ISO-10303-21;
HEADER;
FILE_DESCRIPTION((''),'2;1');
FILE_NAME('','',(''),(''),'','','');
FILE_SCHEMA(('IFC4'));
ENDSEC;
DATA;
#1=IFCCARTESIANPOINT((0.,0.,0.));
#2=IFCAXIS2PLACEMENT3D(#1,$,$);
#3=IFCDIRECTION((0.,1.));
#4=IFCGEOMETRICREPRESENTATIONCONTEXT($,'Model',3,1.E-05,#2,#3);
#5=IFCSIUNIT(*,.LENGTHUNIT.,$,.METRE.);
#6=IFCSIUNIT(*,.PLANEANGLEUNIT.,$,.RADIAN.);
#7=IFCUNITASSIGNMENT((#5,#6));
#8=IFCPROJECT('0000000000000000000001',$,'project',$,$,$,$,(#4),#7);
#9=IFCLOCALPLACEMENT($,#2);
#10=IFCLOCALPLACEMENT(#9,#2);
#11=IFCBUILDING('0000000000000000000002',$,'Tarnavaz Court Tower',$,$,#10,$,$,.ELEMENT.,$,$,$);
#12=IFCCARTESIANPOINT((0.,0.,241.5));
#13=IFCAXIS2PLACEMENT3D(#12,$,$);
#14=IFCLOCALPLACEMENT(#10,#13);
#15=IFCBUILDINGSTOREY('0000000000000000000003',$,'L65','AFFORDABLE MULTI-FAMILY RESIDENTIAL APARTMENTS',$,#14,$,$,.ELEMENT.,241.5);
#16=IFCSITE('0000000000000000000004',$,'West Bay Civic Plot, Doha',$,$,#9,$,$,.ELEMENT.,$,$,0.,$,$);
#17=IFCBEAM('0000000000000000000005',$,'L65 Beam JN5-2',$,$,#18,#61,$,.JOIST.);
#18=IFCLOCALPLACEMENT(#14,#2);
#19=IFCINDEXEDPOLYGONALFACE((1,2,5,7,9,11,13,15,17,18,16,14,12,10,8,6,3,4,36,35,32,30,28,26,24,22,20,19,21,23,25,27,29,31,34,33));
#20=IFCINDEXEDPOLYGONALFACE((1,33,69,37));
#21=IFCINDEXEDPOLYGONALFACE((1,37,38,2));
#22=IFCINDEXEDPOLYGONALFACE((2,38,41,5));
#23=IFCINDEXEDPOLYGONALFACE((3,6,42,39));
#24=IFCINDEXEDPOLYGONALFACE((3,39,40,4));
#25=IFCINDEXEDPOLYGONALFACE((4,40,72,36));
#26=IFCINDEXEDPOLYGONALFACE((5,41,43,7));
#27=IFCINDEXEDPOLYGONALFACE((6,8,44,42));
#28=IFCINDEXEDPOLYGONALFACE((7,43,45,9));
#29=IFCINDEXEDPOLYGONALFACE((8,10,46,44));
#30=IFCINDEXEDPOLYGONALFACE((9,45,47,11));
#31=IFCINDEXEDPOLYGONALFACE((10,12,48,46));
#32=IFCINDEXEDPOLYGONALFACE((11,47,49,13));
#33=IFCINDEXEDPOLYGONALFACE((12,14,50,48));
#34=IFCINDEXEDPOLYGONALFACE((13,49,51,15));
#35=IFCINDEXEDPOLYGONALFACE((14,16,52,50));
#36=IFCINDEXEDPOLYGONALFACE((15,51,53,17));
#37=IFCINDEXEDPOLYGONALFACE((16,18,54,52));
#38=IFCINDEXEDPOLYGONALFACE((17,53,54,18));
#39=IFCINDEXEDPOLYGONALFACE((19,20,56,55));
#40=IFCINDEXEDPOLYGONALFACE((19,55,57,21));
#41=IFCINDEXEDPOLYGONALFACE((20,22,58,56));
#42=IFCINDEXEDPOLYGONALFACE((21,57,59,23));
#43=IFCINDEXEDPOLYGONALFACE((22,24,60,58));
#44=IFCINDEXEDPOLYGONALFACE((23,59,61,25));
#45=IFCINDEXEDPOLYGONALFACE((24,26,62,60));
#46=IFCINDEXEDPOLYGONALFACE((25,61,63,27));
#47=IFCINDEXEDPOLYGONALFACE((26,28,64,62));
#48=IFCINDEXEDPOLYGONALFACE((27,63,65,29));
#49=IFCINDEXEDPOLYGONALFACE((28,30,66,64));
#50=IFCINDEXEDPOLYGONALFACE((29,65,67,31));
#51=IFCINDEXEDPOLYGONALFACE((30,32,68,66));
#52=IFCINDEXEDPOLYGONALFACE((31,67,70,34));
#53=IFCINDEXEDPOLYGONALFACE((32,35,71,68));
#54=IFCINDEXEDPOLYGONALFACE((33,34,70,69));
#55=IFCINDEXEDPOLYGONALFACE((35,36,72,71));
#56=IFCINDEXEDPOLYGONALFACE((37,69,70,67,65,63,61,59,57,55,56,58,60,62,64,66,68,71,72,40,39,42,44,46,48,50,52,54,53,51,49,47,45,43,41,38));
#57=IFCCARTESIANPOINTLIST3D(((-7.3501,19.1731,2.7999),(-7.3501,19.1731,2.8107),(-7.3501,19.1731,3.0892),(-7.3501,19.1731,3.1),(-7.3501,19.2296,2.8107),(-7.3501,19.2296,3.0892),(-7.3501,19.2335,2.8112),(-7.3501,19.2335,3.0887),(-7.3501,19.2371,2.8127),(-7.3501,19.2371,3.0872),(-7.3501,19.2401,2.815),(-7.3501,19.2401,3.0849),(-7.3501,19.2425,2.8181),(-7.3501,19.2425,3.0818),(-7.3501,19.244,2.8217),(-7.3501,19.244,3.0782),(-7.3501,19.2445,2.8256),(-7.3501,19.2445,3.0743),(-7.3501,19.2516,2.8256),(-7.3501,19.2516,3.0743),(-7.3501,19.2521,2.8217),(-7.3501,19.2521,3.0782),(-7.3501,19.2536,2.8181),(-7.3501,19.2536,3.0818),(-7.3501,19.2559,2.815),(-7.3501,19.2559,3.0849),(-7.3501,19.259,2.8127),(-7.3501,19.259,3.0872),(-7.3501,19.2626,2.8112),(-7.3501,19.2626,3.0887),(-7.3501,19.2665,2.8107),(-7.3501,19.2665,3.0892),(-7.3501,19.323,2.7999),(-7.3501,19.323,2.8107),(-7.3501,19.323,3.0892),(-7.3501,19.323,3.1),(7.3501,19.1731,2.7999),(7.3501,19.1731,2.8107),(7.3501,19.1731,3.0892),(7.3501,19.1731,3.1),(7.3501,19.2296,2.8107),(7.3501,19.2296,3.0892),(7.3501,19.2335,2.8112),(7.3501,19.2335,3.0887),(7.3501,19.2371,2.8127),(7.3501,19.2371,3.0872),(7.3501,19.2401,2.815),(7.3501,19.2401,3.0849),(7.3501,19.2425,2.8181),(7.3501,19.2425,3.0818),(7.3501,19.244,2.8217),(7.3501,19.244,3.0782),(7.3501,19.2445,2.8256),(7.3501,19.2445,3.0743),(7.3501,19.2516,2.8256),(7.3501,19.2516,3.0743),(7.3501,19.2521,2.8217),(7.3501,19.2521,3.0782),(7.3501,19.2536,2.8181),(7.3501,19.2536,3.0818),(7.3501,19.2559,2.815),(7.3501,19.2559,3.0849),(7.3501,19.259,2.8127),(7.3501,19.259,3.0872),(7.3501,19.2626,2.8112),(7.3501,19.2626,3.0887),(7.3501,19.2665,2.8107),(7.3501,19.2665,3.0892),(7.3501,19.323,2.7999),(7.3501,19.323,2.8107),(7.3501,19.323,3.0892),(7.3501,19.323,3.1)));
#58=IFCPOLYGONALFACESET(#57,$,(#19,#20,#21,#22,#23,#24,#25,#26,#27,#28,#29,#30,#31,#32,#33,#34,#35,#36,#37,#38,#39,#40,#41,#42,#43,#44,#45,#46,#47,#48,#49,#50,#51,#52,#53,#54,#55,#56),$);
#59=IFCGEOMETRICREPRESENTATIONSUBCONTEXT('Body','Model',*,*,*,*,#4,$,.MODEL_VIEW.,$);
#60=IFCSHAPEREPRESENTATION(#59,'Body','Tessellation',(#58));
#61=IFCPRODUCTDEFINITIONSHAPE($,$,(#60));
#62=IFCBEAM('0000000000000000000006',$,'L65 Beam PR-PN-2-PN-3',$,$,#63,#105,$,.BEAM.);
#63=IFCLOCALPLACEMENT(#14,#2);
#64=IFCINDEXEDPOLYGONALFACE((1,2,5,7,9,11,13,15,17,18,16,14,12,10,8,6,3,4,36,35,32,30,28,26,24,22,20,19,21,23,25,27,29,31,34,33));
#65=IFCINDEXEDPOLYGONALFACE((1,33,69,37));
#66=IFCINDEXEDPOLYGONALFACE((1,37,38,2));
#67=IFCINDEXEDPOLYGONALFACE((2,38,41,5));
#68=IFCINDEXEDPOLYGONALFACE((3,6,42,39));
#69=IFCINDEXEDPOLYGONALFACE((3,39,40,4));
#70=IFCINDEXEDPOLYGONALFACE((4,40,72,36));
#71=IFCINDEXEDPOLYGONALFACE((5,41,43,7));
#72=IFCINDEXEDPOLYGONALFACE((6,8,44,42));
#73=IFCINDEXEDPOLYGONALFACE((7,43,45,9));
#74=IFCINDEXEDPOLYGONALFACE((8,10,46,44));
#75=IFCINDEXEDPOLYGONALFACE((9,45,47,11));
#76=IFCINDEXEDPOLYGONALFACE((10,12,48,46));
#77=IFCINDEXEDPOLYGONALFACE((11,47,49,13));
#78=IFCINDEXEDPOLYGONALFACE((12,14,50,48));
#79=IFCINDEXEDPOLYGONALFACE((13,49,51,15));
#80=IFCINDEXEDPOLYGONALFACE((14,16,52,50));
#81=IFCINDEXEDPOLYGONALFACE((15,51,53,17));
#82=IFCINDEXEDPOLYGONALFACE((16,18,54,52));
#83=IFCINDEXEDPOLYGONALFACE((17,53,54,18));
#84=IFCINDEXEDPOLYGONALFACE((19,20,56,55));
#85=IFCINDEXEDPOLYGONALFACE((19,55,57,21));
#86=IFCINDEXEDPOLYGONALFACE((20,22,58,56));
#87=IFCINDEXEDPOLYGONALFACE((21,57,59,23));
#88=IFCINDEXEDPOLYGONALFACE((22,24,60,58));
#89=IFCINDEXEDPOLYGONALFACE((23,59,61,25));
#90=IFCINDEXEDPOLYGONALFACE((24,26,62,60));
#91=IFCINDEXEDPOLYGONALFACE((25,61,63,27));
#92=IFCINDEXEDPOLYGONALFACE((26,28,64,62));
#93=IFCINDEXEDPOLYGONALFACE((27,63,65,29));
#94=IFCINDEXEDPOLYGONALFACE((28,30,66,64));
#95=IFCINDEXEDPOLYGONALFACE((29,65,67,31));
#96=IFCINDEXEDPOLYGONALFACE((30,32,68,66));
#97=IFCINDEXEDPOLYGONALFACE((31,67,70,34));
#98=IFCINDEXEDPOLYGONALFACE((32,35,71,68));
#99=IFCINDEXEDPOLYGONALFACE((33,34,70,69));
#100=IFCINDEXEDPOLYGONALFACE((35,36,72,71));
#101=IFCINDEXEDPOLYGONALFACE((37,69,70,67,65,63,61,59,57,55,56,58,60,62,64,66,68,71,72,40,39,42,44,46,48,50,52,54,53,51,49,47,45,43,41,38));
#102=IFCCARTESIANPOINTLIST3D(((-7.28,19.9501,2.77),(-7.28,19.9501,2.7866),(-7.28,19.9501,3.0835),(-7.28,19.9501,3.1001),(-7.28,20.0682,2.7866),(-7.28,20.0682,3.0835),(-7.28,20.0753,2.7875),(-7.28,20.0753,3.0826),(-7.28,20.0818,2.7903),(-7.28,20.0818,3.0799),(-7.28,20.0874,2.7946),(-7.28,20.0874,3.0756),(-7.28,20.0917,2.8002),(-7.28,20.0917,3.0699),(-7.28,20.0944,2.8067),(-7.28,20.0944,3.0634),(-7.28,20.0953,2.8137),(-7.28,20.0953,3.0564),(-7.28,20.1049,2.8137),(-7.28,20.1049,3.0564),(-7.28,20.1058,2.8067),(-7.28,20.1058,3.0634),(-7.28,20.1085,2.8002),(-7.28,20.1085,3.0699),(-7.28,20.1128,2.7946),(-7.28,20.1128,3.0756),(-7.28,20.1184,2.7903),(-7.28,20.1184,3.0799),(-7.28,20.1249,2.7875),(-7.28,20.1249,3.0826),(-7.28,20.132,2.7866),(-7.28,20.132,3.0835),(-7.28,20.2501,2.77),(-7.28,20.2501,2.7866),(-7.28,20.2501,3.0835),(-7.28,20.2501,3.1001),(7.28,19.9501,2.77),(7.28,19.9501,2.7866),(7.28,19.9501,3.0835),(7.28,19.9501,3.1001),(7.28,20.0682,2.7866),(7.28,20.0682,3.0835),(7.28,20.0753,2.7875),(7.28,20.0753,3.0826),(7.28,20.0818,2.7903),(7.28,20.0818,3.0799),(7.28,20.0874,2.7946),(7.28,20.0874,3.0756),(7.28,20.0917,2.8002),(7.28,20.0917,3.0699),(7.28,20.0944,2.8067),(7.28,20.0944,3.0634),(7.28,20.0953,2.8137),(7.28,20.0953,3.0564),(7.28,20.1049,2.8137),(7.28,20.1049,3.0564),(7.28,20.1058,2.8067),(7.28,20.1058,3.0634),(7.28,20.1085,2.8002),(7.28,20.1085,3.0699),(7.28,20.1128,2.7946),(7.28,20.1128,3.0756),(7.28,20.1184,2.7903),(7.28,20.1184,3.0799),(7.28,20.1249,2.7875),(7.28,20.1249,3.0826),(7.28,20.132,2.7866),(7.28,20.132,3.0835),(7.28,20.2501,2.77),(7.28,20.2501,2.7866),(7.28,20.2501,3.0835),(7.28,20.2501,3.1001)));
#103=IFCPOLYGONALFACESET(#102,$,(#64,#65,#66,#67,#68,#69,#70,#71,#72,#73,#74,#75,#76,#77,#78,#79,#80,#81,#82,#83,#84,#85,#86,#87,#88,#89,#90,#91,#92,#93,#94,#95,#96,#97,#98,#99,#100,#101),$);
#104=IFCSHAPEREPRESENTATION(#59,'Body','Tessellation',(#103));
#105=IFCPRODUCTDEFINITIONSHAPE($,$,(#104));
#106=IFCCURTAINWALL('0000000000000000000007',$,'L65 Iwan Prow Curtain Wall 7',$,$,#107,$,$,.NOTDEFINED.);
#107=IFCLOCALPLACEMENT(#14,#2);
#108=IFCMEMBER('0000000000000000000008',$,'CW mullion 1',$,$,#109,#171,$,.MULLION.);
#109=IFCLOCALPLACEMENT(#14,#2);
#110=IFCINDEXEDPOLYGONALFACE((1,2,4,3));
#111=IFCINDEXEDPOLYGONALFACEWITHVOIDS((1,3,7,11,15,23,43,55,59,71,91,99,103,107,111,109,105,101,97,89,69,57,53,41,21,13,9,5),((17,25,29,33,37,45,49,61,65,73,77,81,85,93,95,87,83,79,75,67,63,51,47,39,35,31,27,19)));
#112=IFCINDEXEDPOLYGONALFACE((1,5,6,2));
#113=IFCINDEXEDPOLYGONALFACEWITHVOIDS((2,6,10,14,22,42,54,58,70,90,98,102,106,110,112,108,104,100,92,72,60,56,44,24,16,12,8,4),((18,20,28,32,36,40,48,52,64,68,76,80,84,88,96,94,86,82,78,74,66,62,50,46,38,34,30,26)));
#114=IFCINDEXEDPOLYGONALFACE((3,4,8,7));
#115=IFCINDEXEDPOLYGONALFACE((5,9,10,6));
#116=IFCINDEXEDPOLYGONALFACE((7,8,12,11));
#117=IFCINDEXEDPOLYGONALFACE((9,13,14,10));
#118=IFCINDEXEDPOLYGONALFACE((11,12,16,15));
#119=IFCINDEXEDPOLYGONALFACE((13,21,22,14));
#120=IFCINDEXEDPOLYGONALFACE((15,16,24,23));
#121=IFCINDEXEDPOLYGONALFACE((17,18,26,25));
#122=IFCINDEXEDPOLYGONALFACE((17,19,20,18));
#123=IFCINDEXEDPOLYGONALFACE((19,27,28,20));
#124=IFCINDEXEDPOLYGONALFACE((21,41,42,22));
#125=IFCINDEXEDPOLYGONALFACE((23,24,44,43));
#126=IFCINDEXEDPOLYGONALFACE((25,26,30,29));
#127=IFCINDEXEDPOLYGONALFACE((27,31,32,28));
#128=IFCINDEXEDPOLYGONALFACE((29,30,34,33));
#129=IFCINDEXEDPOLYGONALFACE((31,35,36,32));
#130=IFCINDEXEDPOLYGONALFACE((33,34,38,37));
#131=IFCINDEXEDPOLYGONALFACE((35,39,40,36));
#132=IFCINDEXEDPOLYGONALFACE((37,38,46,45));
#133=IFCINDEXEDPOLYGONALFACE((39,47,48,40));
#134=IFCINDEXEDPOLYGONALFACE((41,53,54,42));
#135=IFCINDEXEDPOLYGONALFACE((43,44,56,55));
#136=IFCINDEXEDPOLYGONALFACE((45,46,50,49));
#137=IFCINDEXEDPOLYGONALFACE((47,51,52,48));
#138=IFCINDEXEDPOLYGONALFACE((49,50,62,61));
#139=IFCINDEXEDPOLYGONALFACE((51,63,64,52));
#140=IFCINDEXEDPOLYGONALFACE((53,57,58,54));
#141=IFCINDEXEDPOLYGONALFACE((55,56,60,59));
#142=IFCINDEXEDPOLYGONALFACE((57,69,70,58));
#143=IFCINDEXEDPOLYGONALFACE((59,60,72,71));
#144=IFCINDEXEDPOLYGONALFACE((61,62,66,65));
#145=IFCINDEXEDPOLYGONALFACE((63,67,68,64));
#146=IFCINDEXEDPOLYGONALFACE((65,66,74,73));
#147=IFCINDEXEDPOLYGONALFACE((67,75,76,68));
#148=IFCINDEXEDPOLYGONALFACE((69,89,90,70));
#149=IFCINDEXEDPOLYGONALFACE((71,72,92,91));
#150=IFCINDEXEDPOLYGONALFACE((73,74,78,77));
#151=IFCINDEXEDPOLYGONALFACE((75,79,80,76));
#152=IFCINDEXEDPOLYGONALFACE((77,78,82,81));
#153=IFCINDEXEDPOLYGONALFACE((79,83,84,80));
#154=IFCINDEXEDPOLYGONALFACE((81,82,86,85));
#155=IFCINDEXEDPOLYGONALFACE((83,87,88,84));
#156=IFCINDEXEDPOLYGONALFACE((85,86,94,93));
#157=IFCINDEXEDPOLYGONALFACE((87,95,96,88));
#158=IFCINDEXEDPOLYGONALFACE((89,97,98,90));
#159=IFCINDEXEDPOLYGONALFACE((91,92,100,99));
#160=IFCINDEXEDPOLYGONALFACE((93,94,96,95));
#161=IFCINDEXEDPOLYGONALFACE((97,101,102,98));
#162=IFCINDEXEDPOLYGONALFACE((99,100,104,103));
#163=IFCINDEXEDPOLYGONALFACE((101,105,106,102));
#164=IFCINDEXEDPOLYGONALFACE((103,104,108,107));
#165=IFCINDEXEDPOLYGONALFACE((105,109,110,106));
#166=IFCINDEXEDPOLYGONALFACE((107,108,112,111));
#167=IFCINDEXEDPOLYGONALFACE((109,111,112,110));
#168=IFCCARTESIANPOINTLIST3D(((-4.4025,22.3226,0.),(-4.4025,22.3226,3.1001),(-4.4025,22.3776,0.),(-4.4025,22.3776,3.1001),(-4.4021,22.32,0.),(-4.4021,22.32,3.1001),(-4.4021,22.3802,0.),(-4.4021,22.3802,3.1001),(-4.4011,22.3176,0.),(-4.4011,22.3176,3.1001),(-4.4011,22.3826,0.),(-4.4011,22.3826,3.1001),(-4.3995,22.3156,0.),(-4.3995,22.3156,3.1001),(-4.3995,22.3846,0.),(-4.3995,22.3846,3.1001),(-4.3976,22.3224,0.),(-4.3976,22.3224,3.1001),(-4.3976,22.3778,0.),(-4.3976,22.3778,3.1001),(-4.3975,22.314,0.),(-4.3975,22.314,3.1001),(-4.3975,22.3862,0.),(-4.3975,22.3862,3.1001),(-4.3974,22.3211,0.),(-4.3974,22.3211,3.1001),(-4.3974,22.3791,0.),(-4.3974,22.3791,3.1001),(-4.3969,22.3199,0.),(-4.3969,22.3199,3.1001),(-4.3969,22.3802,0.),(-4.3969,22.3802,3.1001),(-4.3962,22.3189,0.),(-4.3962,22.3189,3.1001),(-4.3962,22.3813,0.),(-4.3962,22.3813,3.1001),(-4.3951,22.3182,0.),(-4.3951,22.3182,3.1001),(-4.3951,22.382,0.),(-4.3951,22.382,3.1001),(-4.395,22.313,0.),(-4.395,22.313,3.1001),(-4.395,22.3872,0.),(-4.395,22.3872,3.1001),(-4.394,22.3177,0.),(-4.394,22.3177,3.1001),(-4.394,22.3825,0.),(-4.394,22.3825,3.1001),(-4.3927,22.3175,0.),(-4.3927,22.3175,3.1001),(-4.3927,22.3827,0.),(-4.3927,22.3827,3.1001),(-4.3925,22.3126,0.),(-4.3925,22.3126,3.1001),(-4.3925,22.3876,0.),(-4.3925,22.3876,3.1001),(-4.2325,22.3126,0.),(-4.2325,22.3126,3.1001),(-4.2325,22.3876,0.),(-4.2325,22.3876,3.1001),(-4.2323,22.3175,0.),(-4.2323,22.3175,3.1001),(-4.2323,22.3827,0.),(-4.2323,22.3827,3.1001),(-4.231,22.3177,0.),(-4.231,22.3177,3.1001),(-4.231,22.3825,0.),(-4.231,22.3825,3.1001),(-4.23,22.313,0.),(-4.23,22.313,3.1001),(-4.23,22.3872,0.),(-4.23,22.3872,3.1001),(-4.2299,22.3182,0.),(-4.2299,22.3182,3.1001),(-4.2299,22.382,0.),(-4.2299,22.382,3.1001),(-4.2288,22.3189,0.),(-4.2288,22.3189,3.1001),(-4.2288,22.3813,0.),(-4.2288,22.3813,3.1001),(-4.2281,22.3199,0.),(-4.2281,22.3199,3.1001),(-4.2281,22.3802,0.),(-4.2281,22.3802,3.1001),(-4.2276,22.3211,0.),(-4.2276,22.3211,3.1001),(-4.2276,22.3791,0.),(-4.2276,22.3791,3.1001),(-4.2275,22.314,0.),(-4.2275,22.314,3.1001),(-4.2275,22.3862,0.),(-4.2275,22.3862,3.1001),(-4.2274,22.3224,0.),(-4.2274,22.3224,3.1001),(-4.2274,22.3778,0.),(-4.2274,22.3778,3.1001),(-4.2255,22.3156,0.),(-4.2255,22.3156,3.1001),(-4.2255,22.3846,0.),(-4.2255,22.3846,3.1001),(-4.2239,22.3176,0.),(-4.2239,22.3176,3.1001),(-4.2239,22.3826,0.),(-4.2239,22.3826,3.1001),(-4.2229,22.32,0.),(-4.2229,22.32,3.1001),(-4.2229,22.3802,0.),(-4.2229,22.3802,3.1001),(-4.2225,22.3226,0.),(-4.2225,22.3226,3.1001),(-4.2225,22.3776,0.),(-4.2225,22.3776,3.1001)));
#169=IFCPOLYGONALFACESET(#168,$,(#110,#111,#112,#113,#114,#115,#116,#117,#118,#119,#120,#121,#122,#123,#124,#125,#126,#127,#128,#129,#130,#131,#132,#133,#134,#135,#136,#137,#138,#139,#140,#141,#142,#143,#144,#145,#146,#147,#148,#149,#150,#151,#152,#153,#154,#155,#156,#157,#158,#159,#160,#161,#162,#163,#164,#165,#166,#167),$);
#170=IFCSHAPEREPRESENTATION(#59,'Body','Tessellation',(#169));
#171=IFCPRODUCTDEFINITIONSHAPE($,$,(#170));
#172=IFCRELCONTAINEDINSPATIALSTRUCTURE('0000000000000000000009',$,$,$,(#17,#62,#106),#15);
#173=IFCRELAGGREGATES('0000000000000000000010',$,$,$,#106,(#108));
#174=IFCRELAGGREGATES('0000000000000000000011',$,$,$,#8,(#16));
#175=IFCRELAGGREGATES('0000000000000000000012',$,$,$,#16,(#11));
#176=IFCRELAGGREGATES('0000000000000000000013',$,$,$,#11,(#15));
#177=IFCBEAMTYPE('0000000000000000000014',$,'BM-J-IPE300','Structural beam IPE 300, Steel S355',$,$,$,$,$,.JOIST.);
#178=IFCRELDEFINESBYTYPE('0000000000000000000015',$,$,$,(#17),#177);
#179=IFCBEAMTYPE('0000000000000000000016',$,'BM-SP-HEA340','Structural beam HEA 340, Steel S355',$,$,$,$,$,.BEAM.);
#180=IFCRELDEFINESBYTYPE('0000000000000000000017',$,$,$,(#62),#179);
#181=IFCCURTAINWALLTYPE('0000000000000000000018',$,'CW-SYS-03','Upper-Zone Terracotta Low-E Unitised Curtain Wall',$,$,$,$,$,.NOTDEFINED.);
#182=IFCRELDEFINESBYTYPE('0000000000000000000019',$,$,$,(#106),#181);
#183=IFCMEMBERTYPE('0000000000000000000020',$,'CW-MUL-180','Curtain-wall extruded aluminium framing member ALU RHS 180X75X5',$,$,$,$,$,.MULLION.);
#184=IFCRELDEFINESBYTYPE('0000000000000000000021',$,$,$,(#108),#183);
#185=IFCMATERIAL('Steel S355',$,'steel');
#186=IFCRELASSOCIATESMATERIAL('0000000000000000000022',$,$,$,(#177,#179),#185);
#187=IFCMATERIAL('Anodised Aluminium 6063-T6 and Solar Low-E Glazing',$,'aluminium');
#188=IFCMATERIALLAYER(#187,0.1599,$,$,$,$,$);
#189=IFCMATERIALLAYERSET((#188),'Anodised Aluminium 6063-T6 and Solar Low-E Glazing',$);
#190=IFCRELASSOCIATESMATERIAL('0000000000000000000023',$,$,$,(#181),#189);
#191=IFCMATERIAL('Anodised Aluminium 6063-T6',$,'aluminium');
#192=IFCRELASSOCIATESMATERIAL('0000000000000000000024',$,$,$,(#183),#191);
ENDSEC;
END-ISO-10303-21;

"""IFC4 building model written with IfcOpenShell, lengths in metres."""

from ifc_helpers import new_model, si_unit, direction, frame, origin, origin_2d, place, context, subcontext, project, spatial, hollow_rectangle, i_section, extrude, material, layer, layer_set, material_profile, profile_set, type_object, element, aggregate, save


model = new_model("IFC4")

# Units and contexts
model_context = context("Model", 3, precision=1e-05, world=origin(), true_north=direction((0.0, 1.0)))
body_context = subcontext(model_context, "Body", "Model", "MODEL_VIEW")
ifc_project = project(units=[si_unit("LENGTHUNIT", "METRE"), si_unit("PLANEANGLEUNIT", "RADIAN")], contexts=[model_context])

# Site, building, storey
site_placement = place(None, origin())
site = spatial("IfcSite", under=ifc_project, at=site_placement, Name="West Bay Civic Plot, Doha", CompositionType="ELEMENT", RefElevation=0.0)
building_placement = place(site_placement, origin())
building = spatial("IfcBuilding", under=site, at=building_placement, Name="Tarnavaz Court Tower", CompositionType="ELEMENT")
storey_placement = place(building_placement, frame((0.0, 0.0, 241.5)))
storey = spatial("IfcBuildingStorey", under=building, at=storey_placement, Name="L65", Description="AFFORDABLE MULTI-FAMILY RESIDENTIAL APARTMENTS", CompositionType="ELEMENT", Elevation=241.5)

# Beams
ifc_material_1 = material(Name="Steel S355", Category="steel")
ifc_material_profile_1 = material_profile(ifc_material_1, i_section(OverallWidth=0.1499, OverallDepth=0.3, WebThickness=0.0071, FlangeThickness=0.0107, FilletRadius=0.0149, at=origin_2d()), Name="IPE 300")
ifc_profile_set_1 = profile_set([ifc_material_profile_1], Name="Steel S355")
beam_type_1 = type_object("IfcBeamType", Name="BM-J-IPE300", Description="Structural beam IPE 300, Steel S355", PredefinedType="JOIST", material=ifc_profile_set_1)
for number, where, z_axis, x_axis, name in (
    (1, (-7.3501, 19.248, 2.95), (1.0, 0.0, 0.0), (0.0, 1.0, 0.0), "L65 Beam JN5-2"),
):
    element("IfcBeam", number, at=place(storey_placement, frame(where, z_axis=z_axis, x_axis=x_axis)), inside=storey, type_object=beam_type_1, Name=name, PredefinedType="JOIST", context=body_context, shape_type="SweptSolid", body=[
        extrude(i_section(OverallWidth=0.1499, OverallDepth=0.3, WebThickness=0.0071, FlangeThickness=0.0107, FilletRadius=0.0149, at=origin_2d()), origin(), (0.0, 0.0, 1.0), 14.7002),
    ])
ifc_material_profile_2 = material_profile(ifc_material_1, i_section(OverallWidth=0.3, OverallDepth=0.3301, WebThickness=0.0095, FlangeThickness=0.0166, FilletRadius=0.0271, at=origin_2d()), Name="HEA 340")
ifc_profile_set_2 = profile_set([ifc_material_profile_2], Name="Steel S355")
beam_type_2 = type_object("IfcBeamType", Name="BM-SP-HEA340", Description="Structural beam HEA 340, Steel S355", PredefinedType="BEAM", material=ifc_profile_set_2)
beam_placement = place(storey_placement, frame((-7.28, 20.1001, 2.9351), z_axis=(1.0, 0.0, 0.0), x_axis=(0.0, 1.0, 0.0)))
element("IfcBeam", 2, at=beam_placement, inside=storey, type_object=beam_type_2, Name="L65 Beam PR-PN-2-PN-3", PredefinedType="BEAM", context=body_context, shape_type="SweptSolid", body=[
    extrude(i_section(OverallWidth=0.3, OverallDepth=0.3301, WebThickness=0.0095, FlangeThickness=0.0166, FilletRadius=0.0271, at=origin_2d()), origin(), (0.0, 0.0, 1.0), 14.5601),
])

# Curtain wall, member
ifc_material_2 = material(Name="Anodised Aluminium 6063-T6 and Solar Low-E Glazing", Category="aluminium")
ifc_layer_1 = layer(ifc_material_2, 0.1599)
ifc_layer_set_1 = layer_set([ifc_layer_1], Name="Anodised Aluminium 6063-T6 and Solar Low-E Glazing")
curtain_wall_type = type_object("IfcCurtainWallType", Name="CW-SYS-03", Description="Upper-Zone Terracotta Low-E Unitised Curtain Wall", PredefinedType="NOTDEFINED", material=ifc_layer_set_1)
curtain_wall_placement = place(storey_placement, origin())
curtain_wall = element("IfcCurtainWall", 3, at=curtain_wall_placement, inside=storey, type_object=curtain_wall_type, Name="L65 Iwan Prow Curtain Wall 7", PredefinedType="NOTDEFINED")
ifc_material_3 = material(Name="Anodised Aluminium 6063-T6", Category="aluminium")
ifc_material_profile_3 = material_profile(ifc_material_3, hollow_rectangle(XDim=0.075, YDim=0.1799, WallThickness=0.0049, InnerFilletRadius=0.0049, OuterFilletRadius=0.01, at=origin_2d()), Name="ALU RHS 180X75X5")
ifc_profile_set_3 = profile_set([ifc_material_profile_3], Name="Anodised Aluminium 6063-T6")
member_type_1 = type_object("IfcMemberType", Name="CW-MUL-180", Description="Curtain-wall extruded aluminium framing member ALU RHS 180X75X5", PredefinedType="MULLION", material=ifc_profile_set_3)
member_1_placement = place(storey_placement, frame((-4.3125, 22.3501, 0.0), z_axis=(0.0, 0.0, 1.0), x_axis=(0.0, 1.0, 0.0)))
member_1 = element("IfcMember", 4, at=member_1_placement, type_object=member_type_1, Name="CW mullion 1", PredefinedType="MULLION", context=body_context, shape_type="SweptSolid", body=[
    extrude(hollow_rectangle(XDim=0.075, YDim=0.1799, WallThickness=0.0049, InnerFilletRadius=0.0049, OuterFilletRadius=0.01, at=origin_2d()), origin(), (0.0, 0.0, 1.0), 3.1001),
])
aggregate(curtain_wall, [member_1])

save(model, "model.ifc")
